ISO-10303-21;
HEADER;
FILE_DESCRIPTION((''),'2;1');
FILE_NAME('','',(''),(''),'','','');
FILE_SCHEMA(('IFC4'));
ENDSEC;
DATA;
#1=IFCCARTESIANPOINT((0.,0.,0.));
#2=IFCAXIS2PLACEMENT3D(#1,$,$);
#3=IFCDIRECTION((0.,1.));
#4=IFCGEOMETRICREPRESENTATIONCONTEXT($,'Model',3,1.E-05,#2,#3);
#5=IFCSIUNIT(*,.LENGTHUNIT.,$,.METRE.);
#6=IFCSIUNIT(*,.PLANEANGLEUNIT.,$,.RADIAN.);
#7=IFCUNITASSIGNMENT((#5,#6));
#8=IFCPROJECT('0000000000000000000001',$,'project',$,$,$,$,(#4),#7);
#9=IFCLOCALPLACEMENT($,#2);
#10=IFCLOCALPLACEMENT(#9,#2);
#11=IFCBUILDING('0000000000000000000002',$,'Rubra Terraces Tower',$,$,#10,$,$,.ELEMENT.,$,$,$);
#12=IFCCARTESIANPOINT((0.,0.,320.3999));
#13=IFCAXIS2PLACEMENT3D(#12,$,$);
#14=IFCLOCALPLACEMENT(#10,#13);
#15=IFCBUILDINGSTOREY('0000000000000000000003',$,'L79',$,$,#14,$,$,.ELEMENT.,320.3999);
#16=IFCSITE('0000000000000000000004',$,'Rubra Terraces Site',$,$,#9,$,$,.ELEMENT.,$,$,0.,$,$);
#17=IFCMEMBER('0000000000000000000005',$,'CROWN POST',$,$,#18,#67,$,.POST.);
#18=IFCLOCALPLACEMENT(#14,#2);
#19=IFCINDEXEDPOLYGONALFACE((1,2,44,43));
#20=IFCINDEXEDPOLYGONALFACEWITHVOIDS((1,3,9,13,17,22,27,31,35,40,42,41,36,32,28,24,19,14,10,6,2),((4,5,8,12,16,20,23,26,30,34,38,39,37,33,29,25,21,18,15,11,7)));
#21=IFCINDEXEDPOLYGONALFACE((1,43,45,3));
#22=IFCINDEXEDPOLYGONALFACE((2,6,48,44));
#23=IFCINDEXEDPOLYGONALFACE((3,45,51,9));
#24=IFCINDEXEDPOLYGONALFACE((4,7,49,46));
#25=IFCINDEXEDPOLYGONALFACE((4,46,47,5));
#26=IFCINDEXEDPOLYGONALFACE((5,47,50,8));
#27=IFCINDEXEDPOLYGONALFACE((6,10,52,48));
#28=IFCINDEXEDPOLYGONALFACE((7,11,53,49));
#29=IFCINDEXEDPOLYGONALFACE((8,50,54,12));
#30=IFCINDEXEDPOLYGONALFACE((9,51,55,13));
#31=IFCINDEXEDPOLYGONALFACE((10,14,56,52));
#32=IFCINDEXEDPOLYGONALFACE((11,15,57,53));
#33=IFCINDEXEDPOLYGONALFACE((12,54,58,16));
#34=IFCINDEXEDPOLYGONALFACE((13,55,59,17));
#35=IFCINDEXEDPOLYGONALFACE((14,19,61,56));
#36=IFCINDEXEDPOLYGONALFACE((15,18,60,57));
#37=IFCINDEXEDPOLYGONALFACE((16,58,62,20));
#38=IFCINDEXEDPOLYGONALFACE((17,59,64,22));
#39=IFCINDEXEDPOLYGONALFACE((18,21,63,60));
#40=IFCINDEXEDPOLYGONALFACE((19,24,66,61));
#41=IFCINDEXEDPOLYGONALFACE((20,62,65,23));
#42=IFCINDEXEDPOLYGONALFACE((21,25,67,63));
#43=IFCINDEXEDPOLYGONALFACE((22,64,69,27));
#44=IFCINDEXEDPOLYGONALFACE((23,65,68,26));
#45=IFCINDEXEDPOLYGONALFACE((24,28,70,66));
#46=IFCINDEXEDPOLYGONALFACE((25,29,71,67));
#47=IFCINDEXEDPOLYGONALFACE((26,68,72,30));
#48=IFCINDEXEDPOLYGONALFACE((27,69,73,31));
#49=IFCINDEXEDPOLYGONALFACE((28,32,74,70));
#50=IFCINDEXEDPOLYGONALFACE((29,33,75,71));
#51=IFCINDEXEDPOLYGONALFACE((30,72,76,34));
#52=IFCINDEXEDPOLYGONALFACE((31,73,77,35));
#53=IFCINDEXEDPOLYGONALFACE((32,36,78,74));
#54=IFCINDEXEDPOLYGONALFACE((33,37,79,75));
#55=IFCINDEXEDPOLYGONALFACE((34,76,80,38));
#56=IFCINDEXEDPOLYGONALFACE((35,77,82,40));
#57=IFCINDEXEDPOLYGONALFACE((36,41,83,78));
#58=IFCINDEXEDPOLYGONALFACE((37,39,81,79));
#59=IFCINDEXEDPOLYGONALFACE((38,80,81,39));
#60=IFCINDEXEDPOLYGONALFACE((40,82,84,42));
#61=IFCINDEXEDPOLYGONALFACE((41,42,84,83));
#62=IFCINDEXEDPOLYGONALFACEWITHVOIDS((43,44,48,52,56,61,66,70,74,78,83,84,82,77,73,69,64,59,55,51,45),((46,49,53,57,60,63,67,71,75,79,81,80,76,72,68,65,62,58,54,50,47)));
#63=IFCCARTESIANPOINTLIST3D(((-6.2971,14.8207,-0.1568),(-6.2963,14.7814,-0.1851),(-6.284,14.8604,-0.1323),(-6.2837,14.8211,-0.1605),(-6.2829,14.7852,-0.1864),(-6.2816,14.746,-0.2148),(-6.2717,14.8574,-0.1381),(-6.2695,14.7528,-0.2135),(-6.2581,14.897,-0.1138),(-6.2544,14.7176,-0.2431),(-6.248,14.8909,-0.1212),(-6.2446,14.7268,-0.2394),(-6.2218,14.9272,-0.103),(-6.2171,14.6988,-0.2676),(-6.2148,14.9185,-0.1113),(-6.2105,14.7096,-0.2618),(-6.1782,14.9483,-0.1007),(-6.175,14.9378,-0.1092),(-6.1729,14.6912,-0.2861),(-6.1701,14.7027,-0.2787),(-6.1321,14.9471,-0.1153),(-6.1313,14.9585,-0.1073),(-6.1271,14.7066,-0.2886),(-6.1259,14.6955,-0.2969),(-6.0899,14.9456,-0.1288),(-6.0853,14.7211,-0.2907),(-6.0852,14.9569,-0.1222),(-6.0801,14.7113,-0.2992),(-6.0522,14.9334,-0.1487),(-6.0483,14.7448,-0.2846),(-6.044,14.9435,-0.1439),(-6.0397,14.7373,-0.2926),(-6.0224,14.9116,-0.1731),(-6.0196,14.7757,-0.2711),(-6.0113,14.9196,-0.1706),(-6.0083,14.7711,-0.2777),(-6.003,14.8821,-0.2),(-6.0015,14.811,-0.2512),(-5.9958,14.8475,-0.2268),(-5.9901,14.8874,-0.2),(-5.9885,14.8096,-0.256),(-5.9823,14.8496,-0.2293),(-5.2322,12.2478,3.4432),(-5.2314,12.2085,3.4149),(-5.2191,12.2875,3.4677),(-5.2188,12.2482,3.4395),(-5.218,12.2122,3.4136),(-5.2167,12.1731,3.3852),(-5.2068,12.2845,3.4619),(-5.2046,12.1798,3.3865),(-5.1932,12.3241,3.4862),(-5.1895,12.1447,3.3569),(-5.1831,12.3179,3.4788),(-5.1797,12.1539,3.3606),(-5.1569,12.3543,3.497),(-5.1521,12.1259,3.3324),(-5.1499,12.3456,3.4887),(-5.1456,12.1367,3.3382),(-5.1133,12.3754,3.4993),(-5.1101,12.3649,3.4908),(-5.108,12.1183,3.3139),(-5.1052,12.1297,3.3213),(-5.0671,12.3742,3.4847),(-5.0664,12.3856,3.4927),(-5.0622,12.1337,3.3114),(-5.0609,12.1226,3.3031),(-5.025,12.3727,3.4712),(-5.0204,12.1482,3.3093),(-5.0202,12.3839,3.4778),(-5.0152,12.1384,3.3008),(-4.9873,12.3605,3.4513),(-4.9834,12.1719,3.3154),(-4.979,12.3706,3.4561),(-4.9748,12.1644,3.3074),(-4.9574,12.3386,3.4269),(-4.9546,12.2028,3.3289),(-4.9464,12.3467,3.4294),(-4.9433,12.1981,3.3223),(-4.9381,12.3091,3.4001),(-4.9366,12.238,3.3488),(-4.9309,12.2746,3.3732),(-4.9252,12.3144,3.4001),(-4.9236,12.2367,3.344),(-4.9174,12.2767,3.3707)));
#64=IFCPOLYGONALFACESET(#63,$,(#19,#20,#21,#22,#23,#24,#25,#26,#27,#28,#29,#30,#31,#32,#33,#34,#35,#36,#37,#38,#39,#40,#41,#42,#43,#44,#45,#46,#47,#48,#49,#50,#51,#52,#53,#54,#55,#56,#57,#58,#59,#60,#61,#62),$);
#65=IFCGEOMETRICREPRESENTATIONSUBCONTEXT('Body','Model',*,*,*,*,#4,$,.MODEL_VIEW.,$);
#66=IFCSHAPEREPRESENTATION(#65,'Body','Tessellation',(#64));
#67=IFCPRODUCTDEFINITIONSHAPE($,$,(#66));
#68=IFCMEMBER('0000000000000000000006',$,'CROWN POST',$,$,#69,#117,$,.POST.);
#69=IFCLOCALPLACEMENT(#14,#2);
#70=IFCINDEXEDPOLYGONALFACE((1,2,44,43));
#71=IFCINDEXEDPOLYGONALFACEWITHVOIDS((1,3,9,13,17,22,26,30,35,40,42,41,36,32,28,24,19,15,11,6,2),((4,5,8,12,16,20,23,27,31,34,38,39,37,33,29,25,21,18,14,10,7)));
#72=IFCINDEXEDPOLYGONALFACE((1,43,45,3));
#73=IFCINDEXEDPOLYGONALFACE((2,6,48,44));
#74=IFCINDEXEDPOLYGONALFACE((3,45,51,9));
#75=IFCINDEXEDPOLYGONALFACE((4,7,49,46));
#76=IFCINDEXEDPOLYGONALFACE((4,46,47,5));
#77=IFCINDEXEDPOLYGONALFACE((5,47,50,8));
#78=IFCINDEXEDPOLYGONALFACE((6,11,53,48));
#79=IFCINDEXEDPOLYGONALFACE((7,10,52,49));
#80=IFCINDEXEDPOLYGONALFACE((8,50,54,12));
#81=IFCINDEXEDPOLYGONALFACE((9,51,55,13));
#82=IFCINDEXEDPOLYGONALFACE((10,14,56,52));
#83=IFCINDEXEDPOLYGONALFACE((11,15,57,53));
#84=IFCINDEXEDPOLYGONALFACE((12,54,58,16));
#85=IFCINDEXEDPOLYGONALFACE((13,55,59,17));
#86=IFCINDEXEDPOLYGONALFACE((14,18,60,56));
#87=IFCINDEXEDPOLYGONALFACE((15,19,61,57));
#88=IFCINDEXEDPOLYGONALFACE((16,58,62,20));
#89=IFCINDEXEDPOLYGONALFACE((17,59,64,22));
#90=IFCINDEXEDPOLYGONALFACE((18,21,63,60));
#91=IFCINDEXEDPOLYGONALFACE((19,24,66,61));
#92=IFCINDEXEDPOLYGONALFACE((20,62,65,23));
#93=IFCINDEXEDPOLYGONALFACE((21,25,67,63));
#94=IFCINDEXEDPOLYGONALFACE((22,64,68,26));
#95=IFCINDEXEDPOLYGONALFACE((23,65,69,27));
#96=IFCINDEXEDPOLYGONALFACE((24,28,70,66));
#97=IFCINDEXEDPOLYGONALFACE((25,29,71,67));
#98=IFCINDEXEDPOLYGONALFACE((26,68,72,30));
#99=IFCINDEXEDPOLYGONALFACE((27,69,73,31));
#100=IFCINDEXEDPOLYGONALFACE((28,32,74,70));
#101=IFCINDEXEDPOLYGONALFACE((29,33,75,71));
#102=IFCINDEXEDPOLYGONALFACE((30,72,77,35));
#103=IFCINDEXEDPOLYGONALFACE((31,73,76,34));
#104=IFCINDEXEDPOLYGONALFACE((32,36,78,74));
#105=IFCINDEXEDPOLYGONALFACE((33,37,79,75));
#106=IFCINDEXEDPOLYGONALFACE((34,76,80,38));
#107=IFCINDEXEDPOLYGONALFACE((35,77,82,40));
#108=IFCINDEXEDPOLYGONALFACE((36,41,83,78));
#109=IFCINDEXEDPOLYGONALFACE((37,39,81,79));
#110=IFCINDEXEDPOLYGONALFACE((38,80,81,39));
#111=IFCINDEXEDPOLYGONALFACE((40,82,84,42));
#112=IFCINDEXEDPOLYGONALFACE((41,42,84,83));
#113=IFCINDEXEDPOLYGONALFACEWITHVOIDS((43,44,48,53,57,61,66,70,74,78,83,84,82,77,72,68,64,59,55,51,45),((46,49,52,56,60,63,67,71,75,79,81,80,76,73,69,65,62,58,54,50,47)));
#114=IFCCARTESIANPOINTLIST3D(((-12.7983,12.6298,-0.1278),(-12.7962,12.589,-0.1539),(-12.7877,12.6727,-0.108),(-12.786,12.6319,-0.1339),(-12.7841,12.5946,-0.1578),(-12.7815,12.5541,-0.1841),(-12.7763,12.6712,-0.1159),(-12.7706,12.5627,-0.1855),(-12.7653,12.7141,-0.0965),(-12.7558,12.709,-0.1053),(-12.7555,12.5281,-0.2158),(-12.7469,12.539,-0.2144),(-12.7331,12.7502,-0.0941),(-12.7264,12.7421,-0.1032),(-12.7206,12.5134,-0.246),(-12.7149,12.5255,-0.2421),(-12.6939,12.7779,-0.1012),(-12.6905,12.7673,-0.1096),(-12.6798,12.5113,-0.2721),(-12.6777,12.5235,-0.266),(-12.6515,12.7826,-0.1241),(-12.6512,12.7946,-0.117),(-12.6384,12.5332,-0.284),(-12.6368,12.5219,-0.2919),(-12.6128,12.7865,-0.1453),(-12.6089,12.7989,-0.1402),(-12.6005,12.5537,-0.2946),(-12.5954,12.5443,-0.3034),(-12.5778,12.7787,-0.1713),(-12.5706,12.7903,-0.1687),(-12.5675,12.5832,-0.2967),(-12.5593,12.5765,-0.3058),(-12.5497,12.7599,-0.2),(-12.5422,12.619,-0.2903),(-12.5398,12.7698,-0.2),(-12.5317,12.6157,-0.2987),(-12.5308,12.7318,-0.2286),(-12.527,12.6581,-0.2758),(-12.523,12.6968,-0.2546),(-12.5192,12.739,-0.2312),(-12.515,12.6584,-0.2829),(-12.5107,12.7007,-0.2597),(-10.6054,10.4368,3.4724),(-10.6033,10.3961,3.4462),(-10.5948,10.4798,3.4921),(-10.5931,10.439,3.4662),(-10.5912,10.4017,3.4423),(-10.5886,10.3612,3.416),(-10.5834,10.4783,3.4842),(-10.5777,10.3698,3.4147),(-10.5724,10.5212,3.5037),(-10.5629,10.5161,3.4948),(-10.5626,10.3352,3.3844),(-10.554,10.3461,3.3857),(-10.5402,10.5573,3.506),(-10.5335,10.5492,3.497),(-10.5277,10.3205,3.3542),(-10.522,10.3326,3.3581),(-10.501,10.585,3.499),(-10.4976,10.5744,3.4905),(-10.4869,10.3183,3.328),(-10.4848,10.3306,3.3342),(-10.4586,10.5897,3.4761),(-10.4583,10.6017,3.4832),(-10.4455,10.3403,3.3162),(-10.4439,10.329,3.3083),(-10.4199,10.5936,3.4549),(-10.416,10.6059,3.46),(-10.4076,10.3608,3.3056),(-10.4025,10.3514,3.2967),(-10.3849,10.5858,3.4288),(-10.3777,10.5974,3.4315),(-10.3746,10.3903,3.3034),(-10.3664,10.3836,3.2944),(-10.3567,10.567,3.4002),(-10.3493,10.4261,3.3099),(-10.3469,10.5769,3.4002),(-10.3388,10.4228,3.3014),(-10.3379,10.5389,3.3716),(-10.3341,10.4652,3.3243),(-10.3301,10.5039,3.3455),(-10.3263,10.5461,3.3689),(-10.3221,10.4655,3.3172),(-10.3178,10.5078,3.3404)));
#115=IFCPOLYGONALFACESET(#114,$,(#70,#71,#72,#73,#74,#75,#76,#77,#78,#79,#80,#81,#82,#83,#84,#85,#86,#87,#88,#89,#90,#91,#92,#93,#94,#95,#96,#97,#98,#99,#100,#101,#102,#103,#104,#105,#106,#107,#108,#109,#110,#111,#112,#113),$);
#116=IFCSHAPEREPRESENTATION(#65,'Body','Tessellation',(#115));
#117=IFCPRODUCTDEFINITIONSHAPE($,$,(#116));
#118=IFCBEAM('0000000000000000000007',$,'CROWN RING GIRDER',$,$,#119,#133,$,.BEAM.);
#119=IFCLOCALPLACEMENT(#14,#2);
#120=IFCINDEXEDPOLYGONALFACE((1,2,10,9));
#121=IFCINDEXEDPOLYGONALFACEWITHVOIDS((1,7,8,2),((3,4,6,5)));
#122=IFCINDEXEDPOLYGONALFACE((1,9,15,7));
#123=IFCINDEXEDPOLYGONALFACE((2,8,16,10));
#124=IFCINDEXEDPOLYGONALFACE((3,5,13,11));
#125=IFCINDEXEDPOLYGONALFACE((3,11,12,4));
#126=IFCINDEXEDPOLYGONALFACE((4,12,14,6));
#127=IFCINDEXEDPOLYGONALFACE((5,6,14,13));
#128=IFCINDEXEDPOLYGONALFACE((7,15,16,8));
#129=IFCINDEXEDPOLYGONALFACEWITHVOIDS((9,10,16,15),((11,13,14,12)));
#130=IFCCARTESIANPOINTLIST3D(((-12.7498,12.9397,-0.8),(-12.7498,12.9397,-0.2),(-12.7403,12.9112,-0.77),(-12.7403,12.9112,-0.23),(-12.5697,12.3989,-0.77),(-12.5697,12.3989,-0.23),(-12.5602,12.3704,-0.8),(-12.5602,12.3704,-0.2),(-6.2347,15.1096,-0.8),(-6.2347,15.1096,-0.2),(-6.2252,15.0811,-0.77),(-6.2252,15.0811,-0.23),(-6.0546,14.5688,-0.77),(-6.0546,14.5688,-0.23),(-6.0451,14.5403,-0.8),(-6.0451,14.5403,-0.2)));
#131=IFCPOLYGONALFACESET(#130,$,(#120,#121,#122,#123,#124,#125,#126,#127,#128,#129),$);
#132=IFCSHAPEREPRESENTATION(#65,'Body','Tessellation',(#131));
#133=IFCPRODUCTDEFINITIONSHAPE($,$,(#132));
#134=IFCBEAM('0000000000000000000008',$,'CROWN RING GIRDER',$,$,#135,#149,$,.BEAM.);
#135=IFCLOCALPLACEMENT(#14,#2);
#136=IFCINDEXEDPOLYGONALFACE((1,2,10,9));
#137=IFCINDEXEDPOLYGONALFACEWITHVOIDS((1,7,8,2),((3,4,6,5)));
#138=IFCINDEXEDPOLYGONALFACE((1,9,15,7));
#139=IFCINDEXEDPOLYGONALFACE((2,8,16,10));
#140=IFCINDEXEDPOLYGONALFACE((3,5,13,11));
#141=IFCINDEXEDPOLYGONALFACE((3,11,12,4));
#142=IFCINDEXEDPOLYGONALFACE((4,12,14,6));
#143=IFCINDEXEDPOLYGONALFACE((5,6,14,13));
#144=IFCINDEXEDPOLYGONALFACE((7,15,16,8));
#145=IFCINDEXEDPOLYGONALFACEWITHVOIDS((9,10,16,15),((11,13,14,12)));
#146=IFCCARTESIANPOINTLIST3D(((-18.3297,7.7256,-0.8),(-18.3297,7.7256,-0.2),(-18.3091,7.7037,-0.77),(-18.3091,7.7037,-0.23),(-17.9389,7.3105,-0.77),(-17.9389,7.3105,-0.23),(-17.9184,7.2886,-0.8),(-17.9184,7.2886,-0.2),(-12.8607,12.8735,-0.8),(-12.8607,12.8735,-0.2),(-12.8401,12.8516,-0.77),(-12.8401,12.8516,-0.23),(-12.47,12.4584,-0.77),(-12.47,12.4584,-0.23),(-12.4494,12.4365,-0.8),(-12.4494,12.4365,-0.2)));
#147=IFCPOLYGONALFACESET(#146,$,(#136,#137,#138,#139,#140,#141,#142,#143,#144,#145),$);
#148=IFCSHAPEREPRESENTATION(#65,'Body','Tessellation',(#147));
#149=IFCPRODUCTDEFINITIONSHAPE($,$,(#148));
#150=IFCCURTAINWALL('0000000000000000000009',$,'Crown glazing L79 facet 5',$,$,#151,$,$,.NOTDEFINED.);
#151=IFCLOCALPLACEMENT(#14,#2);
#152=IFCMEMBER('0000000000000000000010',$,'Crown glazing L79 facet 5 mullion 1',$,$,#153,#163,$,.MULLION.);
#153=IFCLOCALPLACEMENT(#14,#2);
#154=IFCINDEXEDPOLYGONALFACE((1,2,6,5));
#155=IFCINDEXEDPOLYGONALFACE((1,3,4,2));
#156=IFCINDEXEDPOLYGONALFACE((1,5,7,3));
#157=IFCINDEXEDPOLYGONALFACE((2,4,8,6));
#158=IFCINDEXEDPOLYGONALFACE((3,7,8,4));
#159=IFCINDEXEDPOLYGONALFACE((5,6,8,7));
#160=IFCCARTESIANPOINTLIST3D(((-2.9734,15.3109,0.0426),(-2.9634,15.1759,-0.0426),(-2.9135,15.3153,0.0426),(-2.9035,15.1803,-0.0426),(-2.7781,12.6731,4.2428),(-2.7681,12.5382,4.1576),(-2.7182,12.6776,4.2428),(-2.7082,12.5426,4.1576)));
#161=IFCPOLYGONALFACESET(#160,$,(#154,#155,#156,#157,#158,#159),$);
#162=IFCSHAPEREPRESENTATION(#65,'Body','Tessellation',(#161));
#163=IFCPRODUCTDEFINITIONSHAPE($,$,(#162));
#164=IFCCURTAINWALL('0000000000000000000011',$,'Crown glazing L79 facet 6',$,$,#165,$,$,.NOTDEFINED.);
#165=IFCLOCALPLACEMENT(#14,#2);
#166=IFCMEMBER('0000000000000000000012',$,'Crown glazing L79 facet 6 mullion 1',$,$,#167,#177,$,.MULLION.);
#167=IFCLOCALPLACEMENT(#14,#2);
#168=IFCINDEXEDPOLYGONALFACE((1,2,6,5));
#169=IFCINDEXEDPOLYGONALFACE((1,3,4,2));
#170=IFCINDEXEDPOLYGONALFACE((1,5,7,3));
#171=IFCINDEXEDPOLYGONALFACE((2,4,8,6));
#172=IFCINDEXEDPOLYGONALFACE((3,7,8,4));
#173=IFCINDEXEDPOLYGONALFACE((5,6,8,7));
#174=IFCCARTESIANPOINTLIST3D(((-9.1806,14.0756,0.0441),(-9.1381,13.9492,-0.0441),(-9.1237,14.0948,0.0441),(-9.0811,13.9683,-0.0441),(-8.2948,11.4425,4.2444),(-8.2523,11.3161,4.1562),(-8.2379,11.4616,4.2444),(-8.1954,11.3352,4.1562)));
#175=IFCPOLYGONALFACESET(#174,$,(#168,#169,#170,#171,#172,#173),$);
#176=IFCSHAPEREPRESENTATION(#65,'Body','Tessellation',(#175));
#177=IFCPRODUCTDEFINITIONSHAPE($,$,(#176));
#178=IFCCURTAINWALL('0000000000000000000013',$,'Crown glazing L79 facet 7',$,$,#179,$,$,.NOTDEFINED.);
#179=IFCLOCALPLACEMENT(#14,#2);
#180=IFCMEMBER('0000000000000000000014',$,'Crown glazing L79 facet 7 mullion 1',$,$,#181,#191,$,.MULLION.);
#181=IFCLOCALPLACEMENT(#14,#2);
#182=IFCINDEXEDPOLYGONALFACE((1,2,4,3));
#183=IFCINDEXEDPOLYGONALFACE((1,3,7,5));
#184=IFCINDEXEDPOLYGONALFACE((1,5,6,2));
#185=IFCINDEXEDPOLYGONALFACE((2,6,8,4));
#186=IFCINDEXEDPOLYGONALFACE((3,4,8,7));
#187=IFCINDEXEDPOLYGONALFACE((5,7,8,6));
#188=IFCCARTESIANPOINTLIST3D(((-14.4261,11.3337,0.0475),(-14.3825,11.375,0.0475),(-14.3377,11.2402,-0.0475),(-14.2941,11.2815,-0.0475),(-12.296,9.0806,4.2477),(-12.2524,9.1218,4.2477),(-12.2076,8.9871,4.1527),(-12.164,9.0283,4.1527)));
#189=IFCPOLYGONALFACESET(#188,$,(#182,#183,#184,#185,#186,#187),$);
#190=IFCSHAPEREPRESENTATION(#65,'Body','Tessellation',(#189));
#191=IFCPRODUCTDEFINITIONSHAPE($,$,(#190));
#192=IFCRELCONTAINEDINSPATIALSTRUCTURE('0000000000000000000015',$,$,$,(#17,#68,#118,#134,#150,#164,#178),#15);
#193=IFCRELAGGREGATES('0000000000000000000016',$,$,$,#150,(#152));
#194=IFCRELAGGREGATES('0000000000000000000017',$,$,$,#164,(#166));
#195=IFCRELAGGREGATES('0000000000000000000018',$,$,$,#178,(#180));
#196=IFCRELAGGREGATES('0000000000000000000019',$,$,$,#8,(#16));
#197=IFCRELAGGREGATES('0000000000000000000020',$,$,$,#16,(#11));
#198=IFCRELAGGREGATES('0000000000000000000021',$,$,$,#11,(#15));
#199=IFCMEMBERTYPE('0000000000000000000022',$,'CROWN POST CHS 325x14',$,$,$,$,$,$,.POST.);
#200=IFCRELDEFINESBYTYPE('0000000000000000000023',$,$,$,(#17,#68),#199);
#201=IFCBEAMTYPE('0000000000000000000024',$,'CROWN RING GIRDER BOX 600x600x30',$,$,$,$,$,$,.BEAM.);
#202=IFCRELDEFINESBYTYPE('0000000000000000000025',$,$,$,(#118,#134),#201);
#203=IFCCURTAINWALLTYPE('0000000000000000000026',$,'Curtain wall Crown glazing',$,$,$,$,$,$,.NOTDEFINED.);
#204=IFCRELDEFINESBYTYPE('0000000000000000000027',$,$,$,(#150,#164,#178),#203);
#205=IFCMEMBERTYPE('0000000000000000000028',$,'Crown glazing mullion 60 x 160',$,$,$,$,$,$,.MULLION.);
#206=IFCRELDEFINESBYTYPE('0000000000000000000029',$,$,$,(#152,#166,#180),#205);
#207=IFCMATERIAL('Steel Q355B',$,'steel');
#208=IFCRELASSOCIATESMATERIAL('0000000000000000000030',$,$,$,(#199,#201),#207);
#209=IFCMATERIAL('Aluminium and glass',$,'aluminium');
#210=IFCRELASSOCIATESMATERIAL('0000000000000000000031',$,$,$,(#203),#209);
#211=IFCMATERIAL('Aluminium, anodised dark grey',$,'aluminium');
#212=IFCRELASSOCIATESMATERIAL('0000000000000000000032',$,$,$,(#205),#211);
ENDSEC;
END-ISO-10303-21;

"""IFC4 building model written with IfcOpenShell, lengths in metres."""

from ifc_helpers import new_model, si_unit, direction, frame, origin, origin_2d, place, context, subcontext, project, spatial, rectangle, hollow_rectangle, hollow_circle, extrude, material, material_profile, profile_set, type_object, element, aggregate, save


model = new_model("IFC4")

# Units and contexts
model_context = context("Model", 3, precision=1e-05, world=origin(), true_north=direction((0.0, 1.0)))
body_context = subcontext(model_context, "Body", "Model", "MODEL_VIEW")
ifc_project = project(units=[si_unit("LENGTHUNIT", "METRE"), si_unit("PLANEANGLEUNIT", "RADIAN")], contexts=[model_context])

# Site, building, storey
site_placement = place(None, origin())
site = spatial("IfcSite", under=ifc_project, at=site_placement, Name="Rubra Terraces Site", CompositionType="ELEMENT", RefElevation=0.0)
building_placement = place(site_placement, origin())
building = spatial("IfcBuilding", under=site, at=building_placement, Name="Rubra Terraces Tower", CompositionType="ELEMENT")
storey_placement = place(building_placement, frame((0.0, 0.0, 320.3999)))
storey = spatial("IfcBuildingStorey", under=building, at=storey_placement, Name="L79", CompositionType="ELEMENT", Elevation=320.3999)

# Members
ifc_material_1 = material(Name="Steel Q355B", Category="steel")
ifc_material_profile_1 = material_profile(ifc_material_1, hollow_circle(Radius=0.1626, WallThickness=0.0139, at=origin_2d()), Name="CHS 325x14")
ifc_profile_set_1 = profile_set([ifc_material_profile_1], Name="Steel Q355B")
member_type_1 = type_object("IfcMemberType", Name="CROWN POST CHS 325x14", PredefinedType="POST", material=ifc_profile_set_1)
member_1_placement = place(storey_placement, frame((-6.1404, 14.8252, -0.2), z_axis=(0.233982, -0.565322, 0.790989), x_axis=(0.923985, 0.382429, 0.0)))
element("IfcMember", 1, at=member_1_placement, inside=storey, type_object=member_type_1, Name="CROWN POST", PredefinedType="POST", context=body_context, shape_type="SweptSolid", body=[
    extrude(hollow_circle(Radius=0.1626, WallThickness=0.0139, at=origin_2d()), origin(), (0.0, 0.0, 1.0), 4.5513),
])
member_2_placement = place(storey_placement, frame((-12.6548, 12.6548, -0.2), z_axis=(0.461498, -0.461498, 0.757654), x_axis=(0.707107, 0.707107, 0.0)))
element("IfcMember", 2, at=member_2_placement, inside=storey, type_object=member_type_1, Name="CROWN POST", PredefinedType="POST", context=body_context, shape_type="SweptSolid", body=[
    extrude(hollow_circle(Radius=0.1626, WallThickness=0.0139, at=origin_2d()), origin(), (0.0, 0.0, 1.0), 4.7517),
])

# Beams
ifc_material_profile_2 = material_profile(ifc_material_1, hollow_rectangle(XDim=0.6001, YDim=0.6001, WallThickness=0.03, at=origin_2d()), Name="BOX 600x600x30")
ifc_profile_set_2 = profile_set([ifc_material_profile_2], Name="Steel Q355B")
beam_type_1 = type_object("IfcBeamType", Name="CROWN RING GIRDER BOX 600x600x30", PredefinedType="BEAM", material=ifc_profile_set_2)
beam_1_placement = place(storey_placement, frame((-6.1399, 14.825, -0.5), z_axis=(-0.948761, -0.315993, 0.0), x_axis=(0.315993, -0.948761, 0.0)))
element("IfcBeam", 3, at=beam_1_placement, inside=storey, type_object=beam_type_1, Name="CROWN RING GIRDER", PredefinedType="BEAM", context=body_context, shape_type="SweptSolid", body=[
    extrude(hollow_rectangle(XDim=0.6001, YDim=0.6001, WallThickness=0.03, at=origin_2d()), origin(), (0.0, 0.0, 1.0), 6.8669),
])
beam_2_placement = place(storey_placement, frame((-12.655, 12.655, -0.5), z_axis=(-0.728156, -0.685411, 0.0), x_axis=(0.685411, -0.728156, 0.0)))
element("IfcBeam", 4, at=beam_2_placement, inside=storey, type_object=beam_type_1, Name="CROWN RING GIRDER", PredefinedType="BEAM", context=body_context, shape_type="SweptSolid", body=[
    extrude(hollow_rectangle(XDim=0.6001, YDim=0.6001, WallThickness=0.03, at=origin_2d()), origin(), (0.0, 0.0, 1.0), 7.5107),
])

# Curtain walls, members
ifc_material_2 = material(Name="Aluminium and glass", Category="aluminium")
curtain_wall_type = type_object("IfcCurtainWallType", Name="Curtain wall Crown glazing", PredefinedType="NOTDEFINED", material=ifc_material_2)
curtain_wall_1_placement = place(storey_placement, origin())
curtain_wall_1 = element("IfcCurtainWall", 5, at=curtain_wall_1_placement, inside=storey, type_object=curtain_wall_type, Name="Crown glazing L79 facet 5", PredefinedType="NOTDEFINED")
ifc_material_3 = material(Name="Aluminium, anodised dark grey", Category="aluminium")
ifc_material_profile_3 = material_profile(ifc_material_3, rectangle(XDim=0.0601, YDim=0.1599, at=origin_2d()), Name="AL 60x160")
ifc_profile_set_3 = profile_set([ifc_material_profile_3], Name="Aluminium, anodised dark grey")
member_type_2 = type_object("IfcMemberType", Name="Crown glazing mullion 60 x 160", PredefinedType="MULLION", material=ifc_profile_set_3)
member_3_placement = place(storey_placement, frame((-2.9385, 15.2456, 0.0), z_axis=(0.039349, -0.531409, 0.846201), x_axis=(0.99727, 0.073844, 0.0)))
member_3 = element("IfcMember", 6, at=member_3_placement, type_object=member_type_2, Name="Crown glazing L79 facet 5 mullion 1", PredefinedType="MULLION", context=body_context, shape_type="SweptSolid", body=[
    extrude(rectangle(XDim=0.0601, YDim=0.1599, at=origin_2d()), origin(), (0.0, 0.0, 1.0), 4.9636),
])
curtain_wall_2_placement = place(storey_placement, origin())
curtain_wall_2 = element("IfcCurtainWall", 7, at=curtain_wall_2_placement, inside=storey, type_object=curtain_wall_type, Name="Crown glazing L79 facet 6", PredefinedType="NOTDEFINED")
member_4_placement = place(storey_placement, frame((-9.1309, 14.022, 0.0), z_axis=(0.175889, -0.522869, 0.834069), x_axis=(0.94781, 0.318837, 0.0)))
member_4 = element("IfcMember", 8, at=member_4_placement, type_object=member_type_2, Name="Crown glazing L79 facet 6 mullion 1", PredefinedType="MULLION", context=body_context, shape_type="SweptSolid", body=[
    extrude(rectangle(XDim=0.0601, YDim=0.1599, at=origin_2d()), origin(), (0.0, 0.0, 1.0), 5.0359),
])
curtain_wall_3_placement = place(storey_placement, origin())
curtain_wall_3 = element("IfcCurtainWall", 9, at=curtain_wall_3_placement, inside=storey, type_object=curtain_wall_type, Name="Crown glazing L79 facet 7", PredefinedType="NOTDEFINED")
member_5_placement = place(storey_placement, frame((-14.3601, 11.3076, 0.0), z_axis=(0.408014, -0.431583, 0.804525), x_axis=(0.72667, 0.686986, 0.0)))
member_5 = element("IfcMember", 10, at=member_5_placement, type_object=member_type_2, Name="Crown glazing L79 facet 7 mullion 1", PredefinedType="MULLION", context=body_context, shape_type="SweptSolid", body=[
    extrude(rectangle(XDim=0.0601, YDim=0.1599, at=origin_2d()), origin(), (0.0, 0.0, 1.0), 5.2207),
])

aggregate(curtain_wall_1, [member_3])
aggregate(curtain_wall_2, [member_4])
aggregate(curtain_wall_3, [member_5])

save(model, "model.ifc")
